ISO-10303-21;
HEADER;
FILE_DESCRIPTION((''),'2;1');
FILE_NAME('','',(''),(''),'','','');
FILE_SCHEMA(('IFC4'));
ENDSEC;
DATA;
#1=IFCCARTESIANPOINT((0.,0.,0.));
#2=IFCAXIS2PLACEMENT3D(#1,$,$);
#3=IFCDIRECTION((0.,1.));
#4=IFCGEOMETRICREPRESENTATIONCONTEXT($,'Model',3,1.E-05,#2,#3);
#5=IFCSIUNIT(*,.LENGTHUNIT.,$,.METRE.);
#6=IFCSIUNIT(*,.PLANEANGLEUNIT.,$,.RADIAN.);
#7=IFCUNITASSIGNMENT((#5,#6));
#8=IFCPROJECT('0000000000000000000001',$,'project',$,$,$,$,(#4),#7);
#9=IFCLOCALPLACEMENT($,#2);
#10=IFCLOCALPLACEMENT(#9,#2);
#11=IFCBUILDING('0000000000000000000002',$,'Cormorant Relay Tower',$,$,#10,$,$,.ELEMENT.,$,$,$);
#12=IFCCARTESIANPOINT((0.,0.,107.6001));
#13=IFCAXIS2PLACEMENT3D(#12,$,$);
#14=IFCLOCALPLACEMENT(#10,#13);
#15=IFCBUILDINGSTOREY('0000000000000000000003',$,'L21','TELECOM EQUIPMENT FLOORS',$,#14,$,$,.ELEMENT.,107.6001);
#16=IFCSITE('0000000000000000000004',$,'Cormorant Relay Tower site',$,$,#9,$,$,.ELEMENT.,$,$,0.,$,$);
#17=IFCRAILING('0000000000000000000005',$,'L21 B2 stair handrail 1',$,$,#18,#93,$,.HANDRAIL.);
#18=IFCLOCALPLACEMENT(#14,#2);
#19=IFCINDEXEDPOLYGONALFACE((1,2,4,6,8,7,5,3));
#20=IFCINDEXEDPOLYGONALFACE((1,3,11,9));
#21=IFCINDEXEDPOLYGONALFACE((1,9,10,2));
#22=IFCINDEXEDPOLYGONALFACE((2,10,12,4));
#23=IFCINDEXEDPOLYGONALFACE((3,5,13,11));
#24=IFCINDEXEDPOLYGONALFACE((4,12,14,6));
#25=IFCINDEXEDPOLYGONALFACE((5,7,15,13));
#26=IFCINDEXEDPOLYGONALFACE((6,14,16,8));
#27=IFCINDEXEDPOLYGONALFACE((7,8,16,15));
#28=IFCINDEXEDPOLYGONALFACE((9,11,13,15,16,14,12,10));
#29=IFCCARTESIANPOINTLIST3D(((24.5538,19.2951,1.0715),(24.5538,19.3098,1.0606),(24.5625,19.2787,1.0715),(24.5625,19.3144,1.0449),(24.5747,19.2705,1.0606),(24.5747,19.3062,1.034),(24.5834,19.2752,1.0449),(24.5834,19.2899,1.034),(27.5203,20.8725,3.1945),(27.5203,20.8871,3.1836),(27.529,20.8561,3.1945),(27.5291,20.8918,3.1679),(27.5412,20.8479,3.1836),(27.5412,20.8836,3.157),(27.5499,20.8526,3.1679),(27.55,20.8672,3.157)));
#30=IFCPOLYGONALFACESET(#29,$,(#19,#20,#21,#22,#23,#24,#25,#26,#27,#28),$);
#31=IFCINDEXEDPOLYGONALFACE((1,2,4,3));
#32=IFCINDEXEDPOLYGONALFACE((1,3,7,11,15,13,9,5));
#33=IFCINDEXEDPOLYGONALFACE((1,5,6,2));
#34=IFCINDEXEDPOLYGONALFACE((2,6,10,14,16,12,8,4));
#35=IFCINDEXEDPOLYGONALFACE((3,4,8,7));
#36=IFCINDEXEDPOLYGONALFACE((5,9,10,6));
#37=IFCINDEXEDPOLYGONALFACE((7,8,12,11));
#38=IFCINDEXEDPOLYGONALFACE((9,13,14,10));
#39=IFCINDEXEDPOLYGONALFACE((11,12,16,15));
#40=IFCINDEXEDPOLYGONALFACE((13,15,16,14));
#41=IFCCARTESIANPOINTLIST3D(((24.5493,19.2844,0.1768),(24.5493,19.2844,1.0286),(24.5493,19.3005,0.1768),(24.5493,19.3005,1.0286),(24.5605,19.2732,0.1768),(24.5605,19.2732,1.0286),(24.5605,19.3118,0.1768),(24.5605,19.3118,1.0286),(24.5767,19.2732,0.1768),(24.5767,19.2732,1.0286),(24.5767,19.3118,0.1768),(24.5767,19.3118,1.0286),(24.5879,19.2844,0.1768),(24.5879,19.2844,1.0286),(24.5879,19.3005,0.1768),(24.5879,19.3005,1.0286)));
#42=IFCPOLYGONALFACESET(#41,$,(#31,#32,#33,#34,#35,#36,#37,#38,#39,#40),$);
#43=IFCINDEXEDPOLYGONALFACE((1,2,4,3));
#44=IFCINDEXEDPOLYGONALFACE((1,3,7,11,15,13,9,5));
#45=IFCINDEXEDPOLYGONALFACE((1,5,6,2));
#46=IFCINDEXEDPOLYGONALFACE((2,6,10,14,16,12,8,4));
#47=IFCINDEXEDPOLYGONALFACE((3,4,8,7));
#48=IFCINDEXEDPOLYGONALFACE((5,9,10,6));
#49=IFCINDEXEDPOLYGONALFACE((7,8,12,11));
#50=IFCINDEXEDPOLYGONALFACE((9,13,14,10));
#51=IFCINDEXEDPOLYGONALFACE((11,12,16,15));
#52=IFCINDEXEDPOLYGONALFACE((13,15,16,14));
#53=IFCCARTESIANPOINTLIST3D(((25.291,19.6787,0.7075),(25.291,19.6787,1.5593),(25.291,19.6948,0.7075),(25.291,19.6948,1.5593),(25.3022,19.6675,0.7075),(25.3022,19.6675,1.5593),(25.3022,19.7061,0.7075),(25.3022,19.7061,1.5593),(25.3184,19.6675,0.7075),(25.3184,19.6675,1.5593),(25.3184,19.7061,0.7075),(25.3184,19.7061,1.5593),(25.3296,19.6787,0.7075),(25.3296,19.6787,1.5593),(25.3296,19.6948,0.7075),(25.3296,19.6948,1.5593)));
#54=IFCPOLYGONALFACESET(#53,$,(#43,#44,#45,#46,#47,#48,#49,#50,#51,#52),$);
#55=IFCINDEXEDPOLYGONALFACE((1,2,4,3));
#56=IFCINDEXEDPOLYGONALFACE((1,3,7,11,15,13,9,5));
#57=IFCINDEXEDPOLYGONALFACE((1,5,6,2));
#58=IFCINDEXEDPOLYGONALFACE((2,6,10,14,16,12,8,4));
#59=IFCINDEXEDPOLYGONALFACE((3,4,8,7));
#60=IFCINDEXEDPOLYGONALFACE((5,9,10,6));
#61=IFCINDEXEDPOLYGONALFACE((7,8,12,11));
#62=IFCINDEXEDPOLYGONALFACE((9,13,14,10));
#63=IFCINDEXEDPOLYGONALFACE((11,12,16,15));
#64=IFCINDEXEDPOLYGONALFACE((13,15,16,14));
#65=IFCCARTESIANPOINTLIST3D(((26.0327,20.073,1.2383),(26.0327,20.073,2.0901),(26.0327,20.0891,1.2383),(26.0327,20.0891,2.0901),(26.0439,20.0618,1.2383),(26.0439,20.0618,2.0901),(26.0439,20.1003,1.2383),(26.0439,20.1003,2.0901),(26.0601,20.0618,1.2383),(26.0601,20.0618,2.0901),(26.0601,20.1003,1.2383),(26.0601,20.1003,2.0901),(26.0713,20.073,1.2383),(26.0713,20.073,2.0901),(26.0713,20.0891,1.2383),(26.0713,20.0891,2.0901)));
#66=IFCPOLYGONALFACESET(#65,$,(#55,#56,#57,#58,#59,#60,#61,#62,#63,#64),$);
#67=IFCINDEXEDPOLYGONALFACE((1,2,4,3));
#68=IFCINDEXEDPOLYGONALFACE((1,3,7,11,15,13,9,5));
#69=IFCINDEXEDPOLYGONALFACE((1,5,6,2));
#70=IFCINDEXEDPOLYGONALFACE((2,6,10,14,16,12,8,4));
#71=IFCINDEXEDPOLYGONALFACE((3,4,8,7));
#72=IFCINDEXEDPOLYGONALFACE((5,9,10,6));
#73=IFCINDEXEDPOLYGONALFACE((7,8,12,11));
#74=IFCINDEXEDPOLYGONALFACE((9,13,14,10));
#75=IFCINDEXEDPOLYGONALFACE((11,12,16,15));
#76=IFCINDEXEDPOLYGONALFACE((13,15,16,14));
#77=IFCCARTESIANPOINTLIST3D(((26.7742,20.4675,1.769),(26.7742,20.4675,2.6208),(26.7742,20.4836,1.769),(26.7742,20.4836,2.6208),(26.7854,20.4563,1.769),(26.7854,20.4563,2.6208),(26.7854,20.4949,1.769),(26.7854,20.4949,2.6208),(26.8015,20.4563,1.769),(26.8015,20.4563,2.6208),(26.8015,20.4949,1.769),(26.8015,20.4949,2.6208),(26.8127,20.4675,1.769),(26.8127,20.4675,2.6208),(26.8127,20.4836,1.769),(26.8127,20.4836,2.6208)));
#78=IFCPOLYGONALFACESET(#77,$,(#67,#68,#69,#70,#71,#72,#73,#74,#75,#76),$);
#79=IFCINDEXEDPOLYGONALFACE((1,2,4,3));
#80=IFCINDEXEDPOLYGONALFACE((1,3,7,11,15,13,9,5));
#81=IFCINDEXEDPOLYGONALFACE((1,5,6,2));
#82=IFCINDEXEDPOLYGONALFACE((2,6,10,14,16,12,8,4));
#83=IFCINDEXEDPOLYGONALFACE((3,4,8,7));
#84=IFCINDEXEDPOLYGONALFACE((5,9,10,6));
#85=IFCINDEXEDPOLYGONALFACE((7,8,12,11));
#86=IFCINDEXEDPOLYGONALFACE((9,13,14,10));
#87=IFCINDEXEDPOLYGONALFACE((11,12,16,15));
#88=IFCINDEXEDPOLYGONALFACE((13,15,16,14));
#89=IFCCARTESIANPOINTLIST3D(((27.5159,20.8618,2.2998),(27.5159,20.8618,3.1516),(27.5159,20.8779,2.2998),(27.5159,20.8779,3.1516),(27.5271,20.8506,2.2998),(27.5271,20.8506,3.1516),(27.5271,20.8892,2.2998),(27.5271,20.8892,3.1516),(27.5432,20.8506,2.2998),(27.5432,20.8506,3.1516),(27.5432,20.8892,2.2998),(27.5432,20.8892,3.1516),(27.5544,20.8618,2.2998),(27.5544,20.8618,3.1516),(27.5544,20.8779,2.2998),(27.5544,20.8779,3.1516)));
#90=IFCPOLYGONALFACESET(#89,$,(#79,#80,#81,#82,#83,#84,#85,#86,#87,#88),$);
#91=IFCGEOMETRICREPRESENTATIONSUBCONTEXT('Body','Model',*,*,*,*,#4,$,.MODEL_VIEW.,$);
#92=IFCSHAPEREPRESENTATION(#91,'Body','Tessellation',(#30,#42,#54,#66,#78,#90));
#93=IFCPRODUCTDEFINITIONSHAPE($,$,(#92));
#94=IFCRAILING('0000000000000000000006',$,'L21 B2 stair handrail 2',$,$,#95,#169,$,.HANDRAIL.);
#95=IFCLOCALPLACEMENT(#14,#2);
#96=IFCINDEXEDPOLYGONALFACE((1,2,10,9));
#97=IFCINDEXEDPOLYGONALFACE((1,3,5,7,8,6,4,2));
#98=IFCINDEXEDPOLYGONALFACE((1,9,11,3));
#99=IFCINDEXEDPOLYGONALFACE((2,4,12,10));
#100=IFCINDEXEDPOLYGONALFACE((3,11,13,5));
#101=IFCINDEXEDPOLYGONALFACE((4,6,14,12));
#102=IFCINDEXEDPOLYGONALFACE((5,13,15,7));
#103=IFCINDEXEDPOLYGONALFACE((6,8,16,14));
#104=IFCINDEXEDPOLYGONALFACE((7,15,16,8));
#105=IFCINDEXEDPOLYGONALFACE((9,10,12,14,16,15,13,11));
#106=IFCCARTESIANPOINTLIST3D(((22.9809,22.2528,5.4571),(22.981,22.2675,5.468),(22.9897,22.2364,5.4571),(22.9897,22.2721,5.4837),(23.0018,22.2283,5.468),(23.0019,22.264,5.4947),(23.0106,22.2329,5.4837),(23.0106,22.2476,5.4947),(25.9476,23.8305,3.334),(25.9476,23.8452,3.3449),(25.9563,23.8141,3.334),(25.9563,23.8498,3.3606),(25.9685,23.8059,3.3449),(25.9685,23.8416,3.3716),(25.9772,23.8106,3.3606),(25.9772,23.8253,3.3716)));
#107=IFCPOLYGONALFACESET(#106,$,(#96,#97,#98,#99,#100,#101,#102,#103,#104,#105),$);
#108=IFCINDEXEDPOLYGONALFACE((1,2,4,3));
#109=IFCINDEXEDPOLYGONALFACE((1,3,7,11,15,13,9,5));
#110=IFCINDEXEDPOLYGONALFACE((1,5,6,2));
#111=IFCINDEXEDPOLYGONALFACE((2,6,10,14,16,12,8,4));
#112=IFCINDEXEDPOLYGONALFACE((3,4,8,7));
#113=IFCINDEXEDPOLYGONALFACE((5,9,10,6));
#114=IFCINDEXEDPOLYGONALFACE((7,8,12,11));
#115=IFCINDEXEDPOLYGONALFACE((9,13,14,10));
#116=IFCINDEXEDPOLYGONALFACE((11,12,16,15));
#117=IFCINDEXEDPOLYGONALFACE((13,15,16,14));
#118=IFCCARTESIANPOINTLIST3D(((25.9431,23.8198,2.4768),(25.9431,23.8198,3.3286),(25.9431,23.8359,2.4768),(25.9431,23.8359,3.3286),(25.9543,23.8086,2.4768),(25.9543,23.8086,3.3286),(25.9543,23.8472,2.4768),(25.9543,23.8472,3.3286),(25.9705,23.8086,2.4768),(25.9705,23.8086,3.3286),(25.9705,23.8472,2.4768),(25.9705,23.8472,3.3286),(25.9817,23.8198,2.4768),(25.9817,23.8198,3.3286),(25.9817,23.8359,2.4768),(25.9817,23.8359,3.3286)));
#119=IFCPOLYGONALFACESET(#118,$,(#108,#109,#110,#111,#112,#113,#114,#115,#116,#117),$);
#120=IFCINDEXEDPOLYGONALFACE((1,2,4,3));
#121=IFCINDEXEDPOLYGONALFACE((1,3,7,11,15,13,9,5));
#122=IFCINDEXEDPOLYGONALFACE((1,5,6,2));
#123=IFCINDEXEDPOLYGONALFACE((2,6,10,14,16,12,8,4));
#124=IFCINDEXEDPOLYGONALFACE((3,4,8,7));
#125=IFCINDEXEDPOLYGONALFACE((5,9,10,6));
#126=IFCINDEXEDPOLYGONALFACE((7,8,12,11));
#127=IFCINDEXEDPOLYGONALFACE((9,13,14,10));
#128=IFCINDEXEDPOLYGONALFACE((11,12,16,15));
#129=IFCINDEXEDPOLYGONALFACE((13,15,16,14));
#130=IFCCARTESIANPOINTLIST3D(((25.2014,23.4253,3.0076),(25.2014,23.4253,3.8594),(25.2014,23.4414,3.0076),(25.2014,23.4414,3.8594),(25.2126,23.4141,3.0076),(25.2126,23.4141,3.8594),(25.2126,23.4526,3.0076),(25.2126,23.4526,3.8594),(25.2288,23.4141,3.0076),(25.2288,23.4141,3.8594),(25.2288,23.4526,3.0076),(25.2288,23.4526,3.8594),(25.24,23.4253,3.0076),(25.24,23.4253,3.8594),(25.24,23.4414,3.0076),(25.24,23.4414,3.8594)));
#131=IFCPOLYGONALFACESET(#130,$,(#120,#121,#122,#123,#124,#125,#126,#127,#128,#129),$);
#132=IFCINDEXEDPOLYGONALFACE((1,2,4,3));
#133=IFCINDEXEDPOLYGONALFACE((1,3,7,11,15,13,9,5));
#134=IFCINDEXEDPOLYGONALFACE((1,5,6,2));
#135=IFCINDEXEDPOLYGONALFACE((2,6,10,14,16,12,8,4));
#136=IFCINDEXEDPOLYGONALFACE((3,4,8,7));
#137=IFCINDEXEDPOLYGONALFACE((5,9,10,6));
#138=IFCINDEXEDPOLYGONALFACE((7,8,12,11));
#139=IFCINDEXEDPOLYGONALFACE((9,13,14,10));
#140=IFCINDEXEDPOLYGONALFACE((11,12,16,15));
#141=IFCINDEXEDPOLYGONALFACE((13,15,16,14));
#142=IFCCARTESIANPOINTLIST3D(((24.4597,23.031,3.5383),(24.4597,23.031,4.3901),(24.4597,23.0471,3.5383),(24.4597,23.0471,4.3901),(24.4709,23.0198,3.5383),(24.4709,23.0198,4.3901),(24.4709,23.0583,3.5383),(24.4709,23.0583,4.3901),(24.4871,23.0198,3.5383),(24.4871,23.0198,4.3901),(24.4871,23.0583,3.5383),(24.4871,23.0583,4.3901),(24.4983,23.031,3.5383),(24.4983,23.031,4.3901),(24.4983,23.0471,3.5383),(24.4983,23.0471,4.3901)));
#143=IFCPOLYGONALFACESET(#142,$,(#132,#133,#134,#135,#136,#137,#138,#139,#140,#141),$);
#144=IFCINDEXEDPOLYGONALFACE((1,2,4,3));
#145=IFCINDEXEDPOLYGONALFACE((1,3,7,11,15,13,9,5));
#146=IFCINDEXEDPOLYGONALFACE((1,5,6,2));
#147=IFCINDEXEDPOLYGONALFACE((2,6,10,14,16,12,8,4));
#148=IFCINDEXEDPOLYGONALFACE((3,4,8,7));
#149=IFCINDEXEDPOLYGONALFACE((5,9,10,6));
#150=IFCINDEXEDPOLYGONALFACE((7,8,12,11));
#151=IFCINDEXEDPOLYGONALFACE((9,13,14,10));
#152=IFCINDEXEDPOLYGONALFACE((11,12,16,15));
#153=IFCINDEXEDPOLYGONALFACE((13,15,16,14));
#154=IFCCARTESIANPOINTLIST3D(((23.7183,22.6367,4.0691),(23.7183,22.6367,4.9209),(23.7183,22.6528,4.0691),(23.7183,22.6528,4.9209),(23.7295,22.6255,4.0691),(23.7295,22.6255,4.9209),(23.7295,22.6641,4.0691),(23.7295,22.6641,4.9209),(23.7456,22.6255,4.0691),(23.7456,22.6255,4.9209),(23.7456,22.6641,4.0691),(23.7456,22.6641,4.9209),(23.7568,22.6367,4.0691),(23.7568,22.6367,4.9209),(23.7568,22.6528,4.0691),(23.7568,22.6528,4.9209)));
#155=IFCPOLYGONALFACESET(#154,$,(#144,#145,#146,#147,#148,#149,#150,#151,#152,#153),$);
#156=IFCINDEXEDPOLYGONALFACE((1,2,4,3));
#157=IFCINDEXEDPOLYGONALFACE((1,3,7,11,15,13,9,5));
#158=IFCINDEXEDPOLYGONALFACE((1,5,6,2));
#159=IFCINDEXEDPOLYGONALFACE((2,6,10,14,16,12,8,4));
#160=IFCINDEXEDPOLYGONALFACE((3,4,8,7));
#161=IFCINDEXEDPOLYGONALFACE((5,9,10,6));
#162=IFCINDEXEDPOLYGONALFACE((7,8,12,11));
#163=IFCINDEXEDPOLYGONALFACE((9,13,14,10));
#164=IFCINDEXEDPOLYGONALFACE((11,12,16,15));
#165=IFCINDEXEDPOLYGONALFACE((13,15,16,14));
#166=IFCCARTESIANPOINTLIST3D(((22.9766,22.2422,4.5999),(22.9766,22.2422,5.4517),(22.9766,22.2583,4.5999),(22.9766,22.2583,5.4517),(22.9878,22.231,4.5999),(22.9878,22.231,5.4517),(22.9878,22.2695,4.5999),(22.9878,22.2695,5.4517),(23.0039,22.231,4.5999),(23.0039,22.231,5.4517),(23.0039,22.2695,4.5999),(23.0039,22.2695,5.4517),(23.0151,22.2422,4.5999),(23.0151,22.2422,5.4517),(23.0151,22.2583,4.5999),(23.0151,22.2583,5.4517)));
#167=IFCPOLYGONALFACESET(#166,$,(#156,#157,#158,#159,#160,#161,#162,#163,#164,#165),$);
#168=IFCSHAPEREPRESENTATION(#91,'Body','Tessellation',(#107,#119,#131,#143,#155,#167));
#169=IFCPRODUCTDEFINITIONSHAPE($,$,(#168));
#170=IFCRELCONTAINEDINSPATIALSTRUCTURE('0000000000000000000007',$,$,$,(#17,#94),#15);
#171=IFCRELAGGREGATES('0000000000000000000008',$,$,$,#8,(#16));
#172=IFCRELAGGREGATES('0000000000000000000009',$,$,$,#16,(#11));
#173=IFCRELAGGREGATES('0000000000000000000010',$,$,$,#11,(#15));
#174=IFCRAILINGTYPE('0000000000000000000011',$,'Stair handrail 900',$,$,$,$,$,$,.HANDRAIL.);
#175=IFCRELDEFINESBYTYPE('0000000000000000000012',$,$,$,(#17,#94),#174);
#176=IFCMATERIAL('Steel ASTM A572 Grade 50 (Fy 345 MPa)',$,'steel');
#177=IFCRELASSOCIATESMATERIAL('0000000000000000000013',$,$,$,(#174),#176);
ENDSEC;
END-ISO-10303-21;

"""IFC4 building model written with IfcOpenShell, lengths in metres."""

from ifc_helpers import new_model, si_unit, direction, frame, origin, place, context, subcontext, project, spatial, polyline, outline, extrude, material, type_object, element, save


model = new_model("IFC4")

# Units and contexts
model_context = context("Model", 3, precision=1e-05, world=origin(), true_north=direction((0.0, 1.0)))
body_context = subcontext(model_context, "Body", "Model", "MODEL_VIEW")
ifc_project = project(units=[si_unit("LENGTHUNIT", "METRE"), si_unit("PLANEANGLEUNIT", "RADIAN")], contexts=[model_context])

# Site, building, storey
site_placement = place(None, origin())
site = spatial("IfcSite", under=ifc_project, at=site_placement, Name="Cormorant Relay Tower site", CompositionType="ELEMENT", RefElevation=0.0)
building_placement = place(site_placement, origin())
building = spatial("IfcBuilding", under=site, at=building_placement, Name="Cormorant Relay Tower", CompositionType="ELEMENT")
storey_placement = place(building_placement, frame((0.0, 0.0, 107.6001)))
storey = spatial("IfcBuildingStorey", under=building, at=storey_placement, Name="L21", Description="TELECOM EQUIPMENT FLOORS", CompositionType="ELEMENT", Elevation=107.6001)

# Railings
ifc_material_1 = material(Name="Steel ASTM A572 Grade 50 (Fy 345 MPa)", Category="steel")
railing_type_1 = type_object("IfcRailingType", Name="Stair handrail 900", PredefinedType="HANDRAIL", material=ifc_material_1)
railing_1_placement = place(storey_placement, frame((24.5686, 19.2925, 0.1768)))
element("IfcRailing", 1, at=railing_1_placement, inside=storey, type_object=railing_type_1, Name="L21 B2 stair handrail 1", PredefinedType="HANDRAIL", context=body_context, shape_type="SweptSolid", body=[
    extrude(outline(polyline([(0.0222, 0.0093), (0.0093, 0.0222), (-0.0093, 0.0222), (-0.0222, 0.0093), (-0.0222, -0.0093), (-0.0093, -0.0222), (0.0093, -0.0222), (0.0222, -0.0093), (0.0222, 0.0093)])), frame((0.0, 0.0, 0.876), z_axis=(0.746413, 0.396887, 0.534179), x_axis=(-0.469483, 0.882942, 0.0)), (0.0, 0.0, 1.0), 3.9744),
    extrude(outline(polyline([(0.0193, 0.0081), (0.0081, 0.0193), (-0.0081, 0.0193), (-0.0193, 0.0081), (-0.0193, -0.0081), (-0.0081, -0.0193), (0.0081, -0.0193), (0.0193, -0.0081), (0.0193, 0.0081)])), origin(), (0.0, 0.0, 1.0), 0.8518),
    extrude(outline(polyline([(0.0193, 0.0081), (0.0081, 0.0193), (-0.0081, 0.0193), (-0.0193, 0.0081), (-0.0193, -0.0081), (-0.0081, -0.0193), (0.0081, -0.0193), (0.0193, -0.0081), (0.0193, 0.0081)])), frame((0.7417, 0.3943, 0.5308)), (0.0, 0.0, 1.0), 0.8518),
    extrude(outline(polyline([(0.0193, 0.0081), (0.0081, 0.0193), (-0.0081, 0.0193), (-0.0193, 0.0081), (-0.0193, -0.0081), (-0.0081, -0.0193), (0.0081, -0.0193), (0.0193, -0.0081), (0.0193, 0.0081)])), frame((1.4834, 0.7886, 1.0615)), (0.0, 0.0, 1.0), 0.8518),
    extrude(outline(polyline([(0.0193, 0.0081), (0.0081, 0.0193), (-0.0081, 0.0193), (-0.0193, 0.0081), (-0.0193, -0.0081), (-0.0081, -0.0193), (0.0081, -0.0193), (0.0193, -0.0081), (0.0193, 0.0081)])), frame((2.2249, 1.1831, 1.5923)), (0.0, 0.0, 1.0), 0.8518),
    extrude(outline(polyline([(0.0193, 0.0081), (0.0081, 0.0193), (-0.0081, 0.0193), (-0.0193, 0.0081), (-0.0193, -0.0081), (-0.0081, -0.0193), (0.0081, -0.0193), (0.0193, -0.0081), (0.0193, 0.0081)])), frame((2.9666, 1.5774, 2.123)), (0.0, 0.0, 1.0), 0.8518),
])
railing_2_placement = place(storey_placement, frame((25.9624, 23.8279, 2.4768)))
element("IfcRailing", 2, at=railing_2_placement, inside=storey, type_object=railing_type_1, Name="L21 B2 stair handrail 2", PredefinedType="HANDRAIL", context=body_context, shape_type="SweptSolid", body=[
    extrude(outline(polyline([(0.0222, 0.0093), (0.0093, 0.0222), (-0.0093, 0.0222), (-0.0222, 0.0093), (-0.0222, -0.0093), (-0.0093, -0.0222), (0.0093, -0.0222), (0.0222, -0.0093), (0.0222, 0.0093)])), frame((0.0, 0.0, 0.876), z_axis=(-0.746395, -0.396939, 0.534166), x_axis=(0.469539, -0.882911, 0.0)), (0.0, 0.0, 1.0), 3.9746),
    extrude(outline(polyline([(0.0193, 0.0081), (0.0081, 0.0193), (-0.0081, 0.0193), (-0.0193, 0.0081), (-0.0193, -0.0081), (-0.0081, -0.0193), (0.0081, -0.0193), (0.0193, -0.0081), (0.0193, 0.0081)])), origin(), (0.0, 0.0, 1.0), 0.8518),
    extrude(outline(polyline([(0.0193, 0.0081), (0.0081, 0.0193), (-0.0081, 0.0193), (-0.0193, 0.0081), (-0.0193, -0.0081), (-0.0081, -0.0193), (0.0081, -0.0193), (0.0193, -0.0081), (0.0193, 0.0081)])), frame((-0.7417, -0.3945, 0.5308)), (0.0, 0.0, 1.0), 0.8518),
    extrude(outline(polyline([(0.0193, 0.0081), (0.0081, 0.0193), (-0.0081, 0.0193), (-0.0193, 0.0081), (-0.0193, -0.0081), (-0.0081, -0.0193), (0.0081, -0.0193), (0.0193, -0.0081), (0.0193, 0.0081)])), frame((-1.4834, -0.7888, 1.0615)), (0.0, 0.0, 1.0), 0.8518),
    extrude(outline(polyline([(0.0193, 0.0081), (0.0081, 0.0193), (-0.0081, 0.0193), (-0.0193, 0.0081), (-0.0193, -0.0081), (-0.0081, -0.0193), (0.0081, -0.0193), (0.0193, -0.0081), (0.0193, 0.0081)])), frame((-2.2249, -1.1831, 1.5923)), (0.0, 0.0, 1.0), 0.8518),
    extrude(outline(polyline([(0.0193, 0.0081), (0.0081, 0.0193), (-0.0081, 0.0193), (-0.0193, 0.0081), (-0.0193, -0.0081), (-0.0081, -0.0193), (0.0081, -0.0193), (0.0193, -0.0081), (0.0193, 0.0081)])), frame((-2.9666, -1.5776, 2.123)), (0.0, 0.0, 1.0), 0.8518),
])

save(model, "model.ifc")
